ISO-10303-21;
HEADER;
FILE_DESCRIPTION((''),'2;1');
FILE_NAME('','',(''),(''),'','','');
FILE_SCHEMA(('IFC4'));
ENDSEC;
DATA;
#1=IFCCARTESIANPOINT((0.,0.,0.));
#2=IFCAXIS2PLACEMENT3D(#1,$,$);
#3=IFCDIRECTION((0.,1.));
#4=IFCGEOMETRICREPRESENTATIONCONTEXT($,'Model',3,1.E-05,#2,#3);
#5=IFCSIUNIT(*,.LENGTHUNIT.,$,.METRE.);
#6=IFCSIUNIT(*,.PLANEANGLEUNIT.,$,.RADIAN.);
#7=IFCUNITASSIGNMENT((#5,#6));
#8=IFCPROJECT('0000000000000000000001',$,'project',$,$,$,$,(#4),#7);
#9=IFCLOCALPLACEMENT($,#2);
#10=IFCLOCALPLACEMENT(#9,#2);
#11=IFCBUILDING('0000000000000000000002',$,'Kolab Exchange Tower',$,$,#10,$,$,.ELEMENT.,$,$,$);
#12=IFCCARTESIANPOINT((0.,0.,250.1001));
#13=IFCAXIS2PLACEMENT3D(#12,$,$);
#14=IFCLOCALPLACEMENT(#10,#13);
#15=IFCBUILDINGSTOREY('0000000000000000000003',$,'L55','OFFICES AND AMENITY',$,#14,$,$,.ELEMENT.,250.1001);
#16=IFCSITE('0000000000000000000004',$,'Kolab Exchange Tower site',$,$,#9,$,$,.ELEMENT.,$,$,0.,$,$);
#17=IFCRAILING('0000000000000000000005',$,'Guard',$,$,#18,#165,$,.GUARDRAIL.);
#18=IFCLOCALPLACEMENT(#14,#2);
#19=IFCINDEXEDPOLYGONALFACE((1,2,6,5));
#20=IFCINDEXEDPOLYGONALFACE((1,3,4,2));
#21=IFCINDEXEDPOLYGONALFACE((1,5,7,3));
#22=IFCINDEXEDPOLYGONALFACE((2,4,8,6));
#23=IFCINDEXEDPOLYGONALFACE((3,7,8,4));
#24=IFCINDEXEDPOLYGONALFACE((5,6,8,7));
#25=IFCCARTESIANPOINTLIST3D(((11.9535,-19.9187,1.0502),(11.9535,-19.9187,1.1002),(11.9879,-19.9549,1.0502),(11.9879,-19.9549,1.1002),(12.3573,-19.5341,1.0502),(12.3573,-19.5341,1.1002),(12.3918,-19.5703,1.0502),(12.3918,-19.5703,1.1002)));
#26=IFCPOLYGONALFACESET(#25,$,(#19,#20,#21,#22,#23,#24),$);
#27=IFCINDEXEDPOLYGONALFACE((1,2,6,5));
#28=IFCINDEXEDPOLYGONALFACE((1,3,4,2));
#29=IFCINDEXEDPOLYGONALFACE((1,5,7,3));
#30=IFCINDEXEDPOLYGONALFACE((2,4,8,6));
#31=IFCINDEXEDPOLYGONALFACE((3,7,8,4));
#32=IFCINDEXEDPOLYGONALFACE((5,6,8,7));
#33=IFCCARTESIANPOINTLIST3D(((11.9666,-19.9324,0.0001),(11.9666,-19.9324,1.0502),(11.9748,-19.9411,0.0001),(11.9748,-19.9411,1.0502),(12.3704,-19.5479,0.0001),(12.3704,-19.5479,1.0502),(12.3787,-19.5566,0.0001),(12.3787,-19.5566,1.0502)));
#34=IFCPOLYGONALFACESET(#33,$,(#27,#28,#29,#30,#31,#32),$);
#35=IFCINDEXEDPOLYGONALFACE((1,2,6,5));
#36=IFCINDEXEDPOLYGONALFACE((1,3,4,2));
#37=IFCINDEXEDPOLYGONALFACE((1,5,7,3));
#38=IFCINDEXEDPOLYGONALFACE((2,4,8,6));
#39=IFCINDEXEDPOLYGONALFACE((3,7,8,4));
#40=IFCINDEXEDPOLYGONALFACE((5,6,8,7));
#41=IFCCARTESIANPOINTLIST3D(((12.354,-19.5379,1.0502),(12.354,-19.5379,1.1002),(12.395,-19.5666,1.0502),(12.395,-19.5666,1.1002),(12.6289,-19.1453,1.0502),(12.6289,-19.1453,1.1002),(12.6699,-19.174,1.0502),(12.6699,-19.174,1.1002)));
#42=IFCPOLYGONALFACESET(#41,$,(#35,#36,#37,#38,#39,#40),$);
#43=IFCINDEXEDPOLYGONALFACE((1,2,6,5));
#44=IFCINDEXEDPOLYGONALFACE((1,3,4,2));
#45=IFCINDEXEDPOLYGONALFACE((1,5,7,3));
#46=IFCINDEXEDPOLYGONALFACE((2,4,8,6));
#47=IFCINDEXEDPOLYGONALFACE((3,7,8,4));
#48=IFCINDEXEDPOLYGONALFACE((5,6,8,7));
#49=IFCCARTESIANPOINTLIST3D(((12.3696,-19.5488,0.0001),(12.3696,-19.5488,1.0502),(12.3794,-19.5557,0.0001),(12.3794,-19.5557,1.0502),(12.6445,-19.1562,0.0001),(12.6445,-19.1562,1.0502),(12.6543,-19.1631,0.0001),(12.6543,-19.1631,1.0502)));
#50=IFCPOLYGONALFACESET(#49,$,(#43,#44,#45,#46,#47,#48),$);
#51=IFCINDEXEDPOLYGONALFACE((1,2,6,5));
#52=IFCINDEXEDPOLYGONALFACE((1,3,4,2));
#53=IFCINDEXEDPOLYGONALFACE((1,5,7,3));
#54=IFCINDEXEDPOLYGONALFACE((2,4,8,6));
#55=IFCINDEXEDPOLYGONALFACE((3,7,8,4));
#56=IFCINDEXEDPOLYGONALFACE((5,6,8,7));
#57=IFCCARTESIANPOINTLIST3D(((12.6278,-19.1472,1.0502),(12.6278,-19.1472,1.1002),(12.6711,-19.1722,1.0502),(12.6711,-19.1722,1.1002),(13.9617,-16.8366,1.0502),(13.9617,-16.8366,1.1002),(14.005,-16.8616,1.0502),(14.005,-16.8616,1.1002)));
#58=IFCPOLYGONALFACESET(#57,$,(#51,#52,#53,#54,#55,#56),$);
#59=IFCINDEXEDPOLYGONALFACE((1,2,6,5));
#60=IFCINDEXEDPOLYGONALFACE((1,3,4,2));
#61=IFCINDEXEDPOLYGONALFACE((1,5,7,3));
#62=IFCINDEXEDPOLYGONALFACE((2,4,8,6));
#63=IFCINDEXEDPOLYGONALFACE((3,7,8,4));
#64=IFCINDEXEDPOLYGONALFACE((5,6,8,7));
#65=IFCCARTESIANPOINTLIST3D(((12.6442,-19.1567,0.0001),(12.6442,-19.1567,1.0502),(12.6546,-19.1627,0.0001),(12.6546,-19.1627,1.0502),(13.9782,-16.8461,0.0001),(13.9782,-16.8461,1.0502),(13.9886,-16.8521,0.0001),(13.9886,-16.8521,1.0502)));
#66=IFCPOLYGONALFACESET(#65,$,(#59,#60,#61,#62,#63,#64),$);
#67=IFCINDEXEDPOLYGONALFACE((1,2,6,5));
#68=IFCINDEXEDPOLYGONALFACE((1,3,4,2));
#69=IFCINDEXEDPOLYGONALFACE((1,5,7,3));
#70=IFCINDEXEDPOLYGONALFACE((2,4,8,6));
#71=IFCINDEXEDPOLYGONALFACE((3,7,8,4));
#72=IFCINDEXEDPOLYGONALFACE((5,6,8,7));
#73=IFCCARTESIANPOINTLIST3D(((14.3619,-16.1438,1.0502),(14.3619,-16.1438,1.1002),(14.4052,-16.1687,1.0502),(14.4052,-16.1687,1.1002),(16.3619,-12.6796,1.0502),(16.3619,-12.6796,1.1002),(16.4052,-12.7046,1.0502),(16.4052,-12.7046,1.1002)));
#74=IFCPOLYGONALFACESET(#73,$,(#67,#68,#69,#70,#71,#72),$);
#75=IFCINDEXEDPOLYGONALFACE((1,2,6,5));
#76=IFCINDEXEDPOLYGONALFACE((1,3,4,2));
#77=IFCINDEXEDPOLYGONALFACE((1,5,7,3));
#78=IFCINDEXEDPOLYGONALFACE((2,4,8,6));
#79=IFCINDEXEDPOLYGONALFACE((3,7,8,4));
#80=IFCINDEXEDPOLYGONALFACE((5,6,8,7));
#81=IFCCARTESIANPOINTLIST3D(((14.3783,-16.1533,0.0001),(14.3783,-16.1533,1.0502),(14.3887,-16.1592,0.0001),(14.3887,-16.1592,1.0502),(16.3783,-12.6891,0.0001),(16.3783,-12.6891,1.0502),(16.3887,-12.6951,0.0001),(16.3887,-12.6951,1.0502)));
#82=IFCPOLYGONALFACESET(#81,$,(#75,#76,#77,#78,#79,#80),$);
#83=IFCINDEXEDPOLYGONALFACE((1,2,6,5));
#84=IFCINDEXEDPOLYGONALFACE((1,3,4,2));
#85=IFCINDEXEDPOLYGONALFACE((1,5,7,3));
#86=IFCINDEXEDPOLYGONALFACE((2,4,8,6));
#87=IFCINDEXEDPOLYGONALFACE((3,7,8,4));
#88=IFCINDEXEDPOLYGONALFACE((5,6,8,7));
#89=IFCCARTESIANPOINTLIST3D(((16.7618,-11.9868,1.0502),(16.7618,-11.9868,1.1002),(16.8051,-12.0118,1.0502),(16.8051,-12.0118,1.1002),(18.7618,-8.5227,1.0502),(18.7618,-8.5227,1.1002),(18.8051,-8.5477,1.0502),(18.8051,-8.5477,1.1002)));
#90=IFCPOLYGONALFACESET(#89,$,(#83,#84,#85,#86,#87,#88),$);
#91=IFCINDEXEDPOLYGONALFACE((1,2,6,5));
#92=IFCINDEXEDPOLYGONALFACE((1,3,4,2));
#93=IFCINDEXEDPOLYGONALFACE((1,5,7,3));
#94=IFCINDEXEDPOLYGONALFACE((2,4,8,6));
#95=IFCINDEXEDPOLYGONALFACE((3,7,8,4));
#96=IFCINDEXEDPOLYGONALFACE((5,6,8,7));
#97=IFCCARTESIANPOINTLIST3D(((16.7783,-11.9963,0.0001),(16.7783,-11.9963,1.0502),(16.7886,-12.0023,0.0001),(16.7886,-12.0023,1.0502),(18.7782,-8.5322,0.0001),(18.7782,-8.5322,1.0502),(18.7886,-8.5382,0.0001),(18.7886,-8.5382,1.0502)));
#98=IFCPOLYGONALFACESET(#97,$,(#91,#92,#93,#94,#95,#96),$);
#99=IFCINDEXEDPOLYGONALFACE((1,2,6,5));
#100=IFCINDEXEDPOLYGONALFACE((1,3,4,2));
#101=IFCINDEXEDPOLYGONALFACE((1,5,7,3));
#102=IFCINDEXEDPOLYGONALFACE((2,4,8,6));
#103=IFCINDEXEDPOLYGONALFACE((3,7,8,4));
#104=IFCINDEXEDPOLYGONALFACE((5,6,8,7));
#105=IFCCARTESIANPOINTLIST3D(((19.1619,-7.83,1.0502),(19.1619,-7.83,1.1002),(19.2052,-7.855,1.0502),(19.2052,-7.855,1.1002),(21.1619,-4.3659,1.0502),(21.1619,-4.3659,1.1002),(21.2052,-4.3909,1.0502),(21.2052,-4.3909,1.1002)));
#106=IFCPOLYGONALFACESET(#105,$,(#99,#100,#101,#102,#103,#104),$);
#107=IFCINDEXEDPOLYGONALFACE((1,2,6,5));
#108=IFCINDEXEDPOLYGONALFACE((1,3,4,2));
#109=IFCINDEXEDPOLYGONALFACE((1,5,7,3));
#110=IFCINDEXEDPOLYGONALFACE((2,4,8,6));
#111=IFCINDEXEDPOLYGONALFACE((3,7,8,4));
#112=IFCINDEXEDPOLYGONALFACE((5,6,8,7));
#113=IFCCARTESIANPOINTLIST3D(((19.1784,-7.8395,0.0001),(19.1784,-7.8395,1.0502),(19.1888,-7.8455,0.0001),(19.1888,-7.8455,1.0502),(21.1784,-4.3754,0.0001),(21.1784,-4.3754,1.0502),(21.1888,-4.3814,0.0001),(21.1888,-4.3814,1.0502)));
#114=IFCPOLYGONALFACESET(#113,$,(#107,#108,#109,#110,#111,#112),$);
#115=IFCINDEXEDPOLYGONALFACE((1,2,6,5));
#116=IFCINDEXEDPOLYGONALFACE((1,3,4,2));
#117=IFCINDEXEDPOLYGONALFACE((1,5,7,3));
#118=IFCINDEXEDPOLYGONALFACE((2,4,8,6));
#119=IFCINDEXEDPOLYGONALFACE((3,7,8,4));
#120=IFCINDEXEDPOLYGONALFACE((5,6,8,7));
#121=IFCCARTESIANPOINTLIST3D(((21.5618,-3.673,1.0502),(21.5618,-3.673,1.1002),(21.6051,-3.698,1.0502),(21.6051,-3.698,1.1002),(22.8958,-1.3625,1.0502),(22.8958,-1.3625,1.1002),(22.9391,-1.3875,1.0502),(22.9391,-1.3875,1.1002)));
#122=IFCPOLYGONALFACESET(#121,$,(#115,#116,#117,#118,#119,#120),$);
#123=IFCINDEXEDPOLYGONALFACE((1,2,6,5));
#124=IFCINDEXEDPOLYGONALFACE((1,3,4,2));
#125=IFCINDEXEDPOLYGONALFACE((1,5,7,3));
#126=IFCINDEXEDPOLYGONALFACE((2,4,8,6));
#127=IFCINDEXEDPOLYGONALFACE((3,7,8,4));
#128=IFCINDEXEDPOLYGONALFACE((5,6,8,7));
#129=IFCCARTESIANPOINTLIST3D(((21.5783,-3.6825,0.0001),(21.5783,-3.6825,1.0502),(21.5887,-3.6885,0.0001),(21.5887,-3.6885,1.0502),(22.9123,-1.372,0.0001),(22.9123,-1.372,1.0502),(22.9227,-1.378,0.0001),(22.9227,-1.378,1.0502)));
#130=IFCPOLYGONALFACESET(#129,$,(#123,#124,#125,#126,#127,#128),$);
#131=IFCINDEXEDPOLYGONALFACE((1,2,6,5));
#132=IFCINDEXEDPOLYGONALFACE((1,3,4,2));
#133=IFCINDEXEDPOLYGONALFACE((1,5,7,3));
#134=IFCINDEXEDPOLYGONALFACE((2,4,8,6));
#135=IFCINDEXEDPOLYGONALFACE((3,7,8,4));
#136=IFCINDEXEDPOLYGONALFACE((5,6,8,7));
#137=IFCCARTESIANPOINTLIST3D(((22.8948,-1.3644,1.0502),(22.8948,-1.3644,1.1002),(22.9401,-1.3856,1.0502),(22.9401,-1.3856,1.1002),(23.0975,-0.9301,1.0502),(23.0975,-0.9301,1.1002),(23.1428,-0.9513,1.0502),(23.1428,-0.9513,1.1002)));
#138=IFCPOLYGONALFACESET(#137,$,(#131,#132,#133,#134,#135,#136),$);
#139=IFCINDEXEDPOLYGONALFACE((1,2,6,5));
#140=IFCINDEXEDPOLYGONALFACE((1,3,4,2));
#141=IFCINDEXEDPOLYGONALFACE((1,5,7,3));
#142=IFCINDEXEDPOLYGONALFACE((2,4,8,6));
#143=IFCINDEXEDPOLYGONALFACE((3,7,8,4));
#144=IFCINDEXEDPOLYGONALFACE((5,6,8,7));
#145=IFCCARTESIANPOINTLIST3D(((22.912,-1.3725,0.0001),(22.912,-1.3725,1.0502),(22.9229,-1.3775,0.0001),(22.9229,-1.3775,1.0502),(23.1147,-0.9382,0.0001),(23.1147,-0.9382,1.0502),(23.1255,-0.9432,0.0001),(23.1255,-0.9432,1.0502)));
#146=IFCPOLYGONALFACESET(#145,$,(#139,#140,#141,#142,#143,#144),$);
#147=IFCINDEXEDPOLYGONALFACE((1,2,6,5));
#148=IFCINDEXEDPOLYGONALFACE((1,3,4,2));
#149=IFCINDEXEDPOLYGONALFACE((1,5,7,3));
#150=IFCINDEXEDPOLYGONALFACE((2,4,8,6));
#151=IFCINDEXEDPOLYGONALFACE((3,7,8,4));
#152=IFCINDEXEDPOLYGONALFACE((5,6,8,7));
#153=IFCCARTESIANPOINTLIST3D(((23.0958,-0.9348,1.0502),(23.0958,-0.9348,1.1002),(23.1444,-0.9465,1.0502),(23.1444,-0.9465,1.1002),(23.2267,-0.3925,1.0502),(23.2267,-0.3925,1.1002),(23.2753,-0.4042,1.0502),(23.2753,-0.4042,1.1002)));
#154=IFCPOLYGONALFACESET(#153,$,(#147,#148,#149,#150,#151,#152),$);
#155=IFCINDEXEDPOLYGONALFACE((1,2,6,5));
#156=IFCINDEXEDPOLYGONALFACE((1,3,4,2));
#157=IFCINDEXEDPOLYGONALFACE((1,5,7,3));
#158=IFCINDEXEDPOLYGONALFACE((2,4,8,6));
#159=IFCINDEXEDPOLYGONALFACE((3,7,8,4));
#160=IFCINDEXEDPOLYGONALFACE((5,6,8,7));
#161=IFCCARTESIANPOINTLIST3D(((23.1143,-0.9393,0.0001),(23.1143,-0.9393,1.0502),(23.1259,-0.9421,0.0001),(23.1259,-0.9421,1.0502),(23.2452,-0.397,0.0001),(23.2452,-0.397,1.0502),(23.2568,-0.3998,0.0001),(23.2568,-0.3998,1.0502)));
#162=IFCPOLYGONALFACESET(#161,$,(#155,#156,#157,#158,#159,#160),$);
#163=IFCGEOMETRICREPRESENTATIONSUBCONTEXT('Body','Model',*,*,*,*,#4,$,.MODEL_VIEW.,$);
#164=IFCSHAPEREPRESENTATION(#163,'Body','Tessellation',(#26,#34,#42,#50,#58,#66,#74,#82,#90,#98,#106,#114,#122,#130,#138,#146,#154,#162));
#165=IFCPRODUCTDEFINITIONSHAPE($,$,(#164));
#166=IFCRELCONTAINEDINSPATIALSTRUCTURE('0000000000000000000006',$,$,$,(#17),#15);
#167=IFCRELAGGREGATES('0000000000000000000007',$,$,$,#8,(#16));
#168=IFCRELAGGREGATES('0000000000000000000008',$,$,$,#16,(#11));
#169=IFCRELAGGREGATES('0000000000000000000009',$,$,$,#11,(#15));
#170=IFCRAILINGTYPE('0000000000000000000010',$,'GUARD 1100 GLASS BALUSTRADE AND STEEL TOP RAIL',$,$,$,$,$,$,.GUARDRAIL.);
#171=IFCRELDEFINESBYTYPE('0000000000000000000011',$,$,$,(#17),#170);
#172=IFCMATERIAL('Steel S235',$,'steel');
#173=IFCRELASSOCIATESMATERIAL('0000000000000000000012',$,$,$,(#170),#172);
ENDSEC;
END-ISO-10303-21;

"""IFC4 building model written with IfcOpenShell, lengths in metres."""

from ifc_helpers import new_model, si_unit, direction, frame, frame_2d, origin, origin_2d, place, context, subcontext, project, spatial, rectangle, extrude, material, type_object, element, save


model = new_model("IFC4")

# Units and contexts
model_context = context("Model", 3, precision=1e-05, world=origin(), true_north=direction((0.0, 1.0)))
body_context = subcontext(model_context, "Body", "Model", "MODEL_VIEW")
ifc_project = project(units=[si_unit("LENGTHUNIT", "METRE"), si_unit("PLANEANGLEUNIT", "RADIAN")], contexts=[model_context])

# Site, building, storey
site_placement = place(None, origin())
site = spatial("IfcSite", under=ifc_project, at=site_placement, Name="Kolab Exchange Tower site", CompositionType="ELEMENT", RefElevation=0.0)
building_placement = place(site_placement, origin())
building = spatial("IfcBuilding", under=site, at=building_placement, Name="Kolab Exchange Tower", CompositionType="ELEMENT")
storey_placement = place(building_placement, frame((0.0, 0.0, 250.1001)))
storey = spatial("IfcBuildingStorey", under=building, at=storey_placement, Name="L55", Description="OFFICES AND AMENITY", CompositionType="ELEMENT", Elevation=250.1001)

# Railing
ifc_material_1 = material(Name="Steel S235", Category="steel")
railing_type = type_object("IfcRailingType", Name="GUARD 1100 GLASS BALUSTRADE AND STEEL TOP RAIL", PredefinedType="GUARDRAIL", material=ifc_material_1)
railing_placement = place(storey_placement, frame((11.9707, -19.9368, 0.0)))
element("IfcRailing", 1, at=railing_placement, inside=storey, type_object=railing_type, Name="Guard", PredefinedType="GUARDRAIL", context=body_context, shape_type="SweptSolid", body=[
    extrude(rectangle(XDim=0.05, YDim=0.05, at=origin_2d()), frame((0.0, 0.0, 1.0752), z_axis=(0.72419, 0.689601, 0.0), x_axis=(-0.689601, 0.72419, 0.0)), (0.0, 0.0, 1.0), 0.5576),
    extrude(rectangle(XDim=0.012, YDim=1.0501, at=frame_2d((0.0, 0.5251))), frame((0.0, 0.0, 0.0), z_axis=(0.72419, 0.689601, 0.0), x_axis=(-0.689601, 0.72419, 0.0)), (0.0, 0.0, 1.0), 0.5576),
    extrude(rectangle(XDim=0.05, YDim=0.05, at=origin_2d()), frame((0.4038, 0.3845, 1.0752), z_axis=(0.573599, 0.819136, 0.0), x_axis=(-0.819136, 0.573599, 0.0)), (0.0, 0.0, 1.0), 0.4792),
    extrude(rectangle(XDim=0.012, YDim=1.0501, at=frame_2d((0.0, 0.5251))), frame((0.4038, 0.3845, 0.0), z_axis=(0.573599, 0.819136, 0.0), x_axis=(-0.819136, 0.573599, 0.0)), (0.0, 0.0, 1.0), 0.4792),
    extrude(rectangle(XDim=0.05, YDim=0.05, at=origin_2d()), frame((0.6787, 0.7771, 1.0752), z_axis=(0.499997, 0.866027, 0.0), x_axis=(-0.866027, 0.499997, 0.0)), (0.0, 0.0, 1.0), 2.668),
    extrude(rectangle(XDim=0.012, YDim=1.0501, at=frame_2d((0.0, 0.5251))), frame((0.6787, 0.7771, 0.0), z_axis=(0.499997, 0.866027, 0.0), x_axis=(-0.866027, 0.499997, 0.0)), (0.0, 0.0, 1.0), 2.668),
    extrude(rectangle(XDim=0.05, YDim=0.05, at=origin_2d()), frame((2.4128, 3.7805, 1.0752), z_axis=(0.499999, 0.866026, 0.0), x_axis=(-0.866026, 0.499999, 0.0)), (0.0, 0.0, 1.0), 4.0),
    extrude(rectangle(XDim=0.012, YDim=1.0501, at=frame_2d((0.0, 0.5251))), frame((2.4128, 3.7805, 0.0), z_axis=(0.499999, 0.866026, 0.0), x_axis=(-0.866026, 0.499999, 0.0)), (0.0, 0.0, 1.0), 4.0),
    extrude(rectangle(XDim=0.05, YDim=0.05, at=origin_2d()), frame((4.8127, 7.9375, 1.0752), z_axis=(0.499999, 0.866026, 0.0), x_axis=(-0.866026, 0.499999, 0.0)), (0.0, 0.0, 1.0), 4.0),
    extrude(rectangle(XDim=0.012, YDim=1.0501, at=frame_2d((0.0, 0.5251))), frame((4.8127, 7.9375, 0.0), z_axis=(0.499999, 0.866026, 0.0), x_axis=(-0.866026, 0.499999, 0.0)), (0.0, 0.0, 1.0), 4.0),
    extrude(rectangle(XDim=0.05, YDim=0.05, at=origin_2d()), frame((7.2129, 12.0942, 1.0752), z_axis=(0.499999, 0.866026, 0.0), x_axis=(-0.866026, 0.499999, 0.0)), (0.0, 0.0, 1.0), 4.0),
    extrude(rectangle(XDim=0.012, YDim=1.0501, at=frame_2d((0.0, 0.5251))), frame((7.2129, 12.0942, 0.0), z_axis=(0.499999, 0.866026, 0.0), x_axis=(-0.866026, 0.499999, 0.0)), (0.0, 0.0, 1.0), 4.0),
    extrude(rectangle(XDim=0.05, YDim=0.05, at=origin_2d()), frame((9.6128, 16.2512, 1.0752), z_axis=(0.499997, 0.866027, 0.0), x_axis=(-0.866027, 0.499997, 0.0)), (0.0, 0.0, 1.0), 2.668),
    extrude(rectangle(XDim=0.012, YDim=1.0501, at=frame_2d((0.0, 0.5251))), frame((9.6128, 16.2512, 0.0), z_axis=(0.499997, 0.866027, 0.0), x_axis=(-0.866027, 0.499997, 0.0)), (0.0, 0.0, 1.0), 2.668),
    extrude(rectangle(XDim=0.05, YDim=0.05, at=origin_2d()), frame((10.9468, 18.5618, 1.0752), z_axis=(0.422802, 0.906222, 0.0), x_axis=(-0.906222, 0.422802, 0.0)), (0.0, 0.0, 1.0), 0.4792),
    extrude(rectangle(XDim=0.012, YDim=1.0501, at=frame_2d((0.0, 0.5251))), frame((10.9468, 18.5618, 0.0), z_axis=(0.422802, 0.906222, 0.0), x_axis=(-0.906222, 0.422802, 0.0)), (0.0, 0.0, 1.0), 0.4792),
    extrude(rectangle(XDim=0.05, YDim=0.05, at=origin_2d()), frame((11.1494, 18.9961, 1.0752), z_axis=(0.234598, 0.972093, 0.0), x_axis=(-0.972093, 0.234598, 0.0)), (0.0, 0.0, 1.0), 0.5579),
    extrude(rectangle(XDim=0.012, YDim=1.0501, at=frame_2d((0.0, 0.5251))), frame((11.1494, 18.9961, 0.0), z_axis=(0.234598, 0.972093, 0.0), x_axis=(-0.972093, 0.234598, 0.0)), (0.0, 0.0, 1.0), 0.5579),
])

save(model, "model.ifc")
